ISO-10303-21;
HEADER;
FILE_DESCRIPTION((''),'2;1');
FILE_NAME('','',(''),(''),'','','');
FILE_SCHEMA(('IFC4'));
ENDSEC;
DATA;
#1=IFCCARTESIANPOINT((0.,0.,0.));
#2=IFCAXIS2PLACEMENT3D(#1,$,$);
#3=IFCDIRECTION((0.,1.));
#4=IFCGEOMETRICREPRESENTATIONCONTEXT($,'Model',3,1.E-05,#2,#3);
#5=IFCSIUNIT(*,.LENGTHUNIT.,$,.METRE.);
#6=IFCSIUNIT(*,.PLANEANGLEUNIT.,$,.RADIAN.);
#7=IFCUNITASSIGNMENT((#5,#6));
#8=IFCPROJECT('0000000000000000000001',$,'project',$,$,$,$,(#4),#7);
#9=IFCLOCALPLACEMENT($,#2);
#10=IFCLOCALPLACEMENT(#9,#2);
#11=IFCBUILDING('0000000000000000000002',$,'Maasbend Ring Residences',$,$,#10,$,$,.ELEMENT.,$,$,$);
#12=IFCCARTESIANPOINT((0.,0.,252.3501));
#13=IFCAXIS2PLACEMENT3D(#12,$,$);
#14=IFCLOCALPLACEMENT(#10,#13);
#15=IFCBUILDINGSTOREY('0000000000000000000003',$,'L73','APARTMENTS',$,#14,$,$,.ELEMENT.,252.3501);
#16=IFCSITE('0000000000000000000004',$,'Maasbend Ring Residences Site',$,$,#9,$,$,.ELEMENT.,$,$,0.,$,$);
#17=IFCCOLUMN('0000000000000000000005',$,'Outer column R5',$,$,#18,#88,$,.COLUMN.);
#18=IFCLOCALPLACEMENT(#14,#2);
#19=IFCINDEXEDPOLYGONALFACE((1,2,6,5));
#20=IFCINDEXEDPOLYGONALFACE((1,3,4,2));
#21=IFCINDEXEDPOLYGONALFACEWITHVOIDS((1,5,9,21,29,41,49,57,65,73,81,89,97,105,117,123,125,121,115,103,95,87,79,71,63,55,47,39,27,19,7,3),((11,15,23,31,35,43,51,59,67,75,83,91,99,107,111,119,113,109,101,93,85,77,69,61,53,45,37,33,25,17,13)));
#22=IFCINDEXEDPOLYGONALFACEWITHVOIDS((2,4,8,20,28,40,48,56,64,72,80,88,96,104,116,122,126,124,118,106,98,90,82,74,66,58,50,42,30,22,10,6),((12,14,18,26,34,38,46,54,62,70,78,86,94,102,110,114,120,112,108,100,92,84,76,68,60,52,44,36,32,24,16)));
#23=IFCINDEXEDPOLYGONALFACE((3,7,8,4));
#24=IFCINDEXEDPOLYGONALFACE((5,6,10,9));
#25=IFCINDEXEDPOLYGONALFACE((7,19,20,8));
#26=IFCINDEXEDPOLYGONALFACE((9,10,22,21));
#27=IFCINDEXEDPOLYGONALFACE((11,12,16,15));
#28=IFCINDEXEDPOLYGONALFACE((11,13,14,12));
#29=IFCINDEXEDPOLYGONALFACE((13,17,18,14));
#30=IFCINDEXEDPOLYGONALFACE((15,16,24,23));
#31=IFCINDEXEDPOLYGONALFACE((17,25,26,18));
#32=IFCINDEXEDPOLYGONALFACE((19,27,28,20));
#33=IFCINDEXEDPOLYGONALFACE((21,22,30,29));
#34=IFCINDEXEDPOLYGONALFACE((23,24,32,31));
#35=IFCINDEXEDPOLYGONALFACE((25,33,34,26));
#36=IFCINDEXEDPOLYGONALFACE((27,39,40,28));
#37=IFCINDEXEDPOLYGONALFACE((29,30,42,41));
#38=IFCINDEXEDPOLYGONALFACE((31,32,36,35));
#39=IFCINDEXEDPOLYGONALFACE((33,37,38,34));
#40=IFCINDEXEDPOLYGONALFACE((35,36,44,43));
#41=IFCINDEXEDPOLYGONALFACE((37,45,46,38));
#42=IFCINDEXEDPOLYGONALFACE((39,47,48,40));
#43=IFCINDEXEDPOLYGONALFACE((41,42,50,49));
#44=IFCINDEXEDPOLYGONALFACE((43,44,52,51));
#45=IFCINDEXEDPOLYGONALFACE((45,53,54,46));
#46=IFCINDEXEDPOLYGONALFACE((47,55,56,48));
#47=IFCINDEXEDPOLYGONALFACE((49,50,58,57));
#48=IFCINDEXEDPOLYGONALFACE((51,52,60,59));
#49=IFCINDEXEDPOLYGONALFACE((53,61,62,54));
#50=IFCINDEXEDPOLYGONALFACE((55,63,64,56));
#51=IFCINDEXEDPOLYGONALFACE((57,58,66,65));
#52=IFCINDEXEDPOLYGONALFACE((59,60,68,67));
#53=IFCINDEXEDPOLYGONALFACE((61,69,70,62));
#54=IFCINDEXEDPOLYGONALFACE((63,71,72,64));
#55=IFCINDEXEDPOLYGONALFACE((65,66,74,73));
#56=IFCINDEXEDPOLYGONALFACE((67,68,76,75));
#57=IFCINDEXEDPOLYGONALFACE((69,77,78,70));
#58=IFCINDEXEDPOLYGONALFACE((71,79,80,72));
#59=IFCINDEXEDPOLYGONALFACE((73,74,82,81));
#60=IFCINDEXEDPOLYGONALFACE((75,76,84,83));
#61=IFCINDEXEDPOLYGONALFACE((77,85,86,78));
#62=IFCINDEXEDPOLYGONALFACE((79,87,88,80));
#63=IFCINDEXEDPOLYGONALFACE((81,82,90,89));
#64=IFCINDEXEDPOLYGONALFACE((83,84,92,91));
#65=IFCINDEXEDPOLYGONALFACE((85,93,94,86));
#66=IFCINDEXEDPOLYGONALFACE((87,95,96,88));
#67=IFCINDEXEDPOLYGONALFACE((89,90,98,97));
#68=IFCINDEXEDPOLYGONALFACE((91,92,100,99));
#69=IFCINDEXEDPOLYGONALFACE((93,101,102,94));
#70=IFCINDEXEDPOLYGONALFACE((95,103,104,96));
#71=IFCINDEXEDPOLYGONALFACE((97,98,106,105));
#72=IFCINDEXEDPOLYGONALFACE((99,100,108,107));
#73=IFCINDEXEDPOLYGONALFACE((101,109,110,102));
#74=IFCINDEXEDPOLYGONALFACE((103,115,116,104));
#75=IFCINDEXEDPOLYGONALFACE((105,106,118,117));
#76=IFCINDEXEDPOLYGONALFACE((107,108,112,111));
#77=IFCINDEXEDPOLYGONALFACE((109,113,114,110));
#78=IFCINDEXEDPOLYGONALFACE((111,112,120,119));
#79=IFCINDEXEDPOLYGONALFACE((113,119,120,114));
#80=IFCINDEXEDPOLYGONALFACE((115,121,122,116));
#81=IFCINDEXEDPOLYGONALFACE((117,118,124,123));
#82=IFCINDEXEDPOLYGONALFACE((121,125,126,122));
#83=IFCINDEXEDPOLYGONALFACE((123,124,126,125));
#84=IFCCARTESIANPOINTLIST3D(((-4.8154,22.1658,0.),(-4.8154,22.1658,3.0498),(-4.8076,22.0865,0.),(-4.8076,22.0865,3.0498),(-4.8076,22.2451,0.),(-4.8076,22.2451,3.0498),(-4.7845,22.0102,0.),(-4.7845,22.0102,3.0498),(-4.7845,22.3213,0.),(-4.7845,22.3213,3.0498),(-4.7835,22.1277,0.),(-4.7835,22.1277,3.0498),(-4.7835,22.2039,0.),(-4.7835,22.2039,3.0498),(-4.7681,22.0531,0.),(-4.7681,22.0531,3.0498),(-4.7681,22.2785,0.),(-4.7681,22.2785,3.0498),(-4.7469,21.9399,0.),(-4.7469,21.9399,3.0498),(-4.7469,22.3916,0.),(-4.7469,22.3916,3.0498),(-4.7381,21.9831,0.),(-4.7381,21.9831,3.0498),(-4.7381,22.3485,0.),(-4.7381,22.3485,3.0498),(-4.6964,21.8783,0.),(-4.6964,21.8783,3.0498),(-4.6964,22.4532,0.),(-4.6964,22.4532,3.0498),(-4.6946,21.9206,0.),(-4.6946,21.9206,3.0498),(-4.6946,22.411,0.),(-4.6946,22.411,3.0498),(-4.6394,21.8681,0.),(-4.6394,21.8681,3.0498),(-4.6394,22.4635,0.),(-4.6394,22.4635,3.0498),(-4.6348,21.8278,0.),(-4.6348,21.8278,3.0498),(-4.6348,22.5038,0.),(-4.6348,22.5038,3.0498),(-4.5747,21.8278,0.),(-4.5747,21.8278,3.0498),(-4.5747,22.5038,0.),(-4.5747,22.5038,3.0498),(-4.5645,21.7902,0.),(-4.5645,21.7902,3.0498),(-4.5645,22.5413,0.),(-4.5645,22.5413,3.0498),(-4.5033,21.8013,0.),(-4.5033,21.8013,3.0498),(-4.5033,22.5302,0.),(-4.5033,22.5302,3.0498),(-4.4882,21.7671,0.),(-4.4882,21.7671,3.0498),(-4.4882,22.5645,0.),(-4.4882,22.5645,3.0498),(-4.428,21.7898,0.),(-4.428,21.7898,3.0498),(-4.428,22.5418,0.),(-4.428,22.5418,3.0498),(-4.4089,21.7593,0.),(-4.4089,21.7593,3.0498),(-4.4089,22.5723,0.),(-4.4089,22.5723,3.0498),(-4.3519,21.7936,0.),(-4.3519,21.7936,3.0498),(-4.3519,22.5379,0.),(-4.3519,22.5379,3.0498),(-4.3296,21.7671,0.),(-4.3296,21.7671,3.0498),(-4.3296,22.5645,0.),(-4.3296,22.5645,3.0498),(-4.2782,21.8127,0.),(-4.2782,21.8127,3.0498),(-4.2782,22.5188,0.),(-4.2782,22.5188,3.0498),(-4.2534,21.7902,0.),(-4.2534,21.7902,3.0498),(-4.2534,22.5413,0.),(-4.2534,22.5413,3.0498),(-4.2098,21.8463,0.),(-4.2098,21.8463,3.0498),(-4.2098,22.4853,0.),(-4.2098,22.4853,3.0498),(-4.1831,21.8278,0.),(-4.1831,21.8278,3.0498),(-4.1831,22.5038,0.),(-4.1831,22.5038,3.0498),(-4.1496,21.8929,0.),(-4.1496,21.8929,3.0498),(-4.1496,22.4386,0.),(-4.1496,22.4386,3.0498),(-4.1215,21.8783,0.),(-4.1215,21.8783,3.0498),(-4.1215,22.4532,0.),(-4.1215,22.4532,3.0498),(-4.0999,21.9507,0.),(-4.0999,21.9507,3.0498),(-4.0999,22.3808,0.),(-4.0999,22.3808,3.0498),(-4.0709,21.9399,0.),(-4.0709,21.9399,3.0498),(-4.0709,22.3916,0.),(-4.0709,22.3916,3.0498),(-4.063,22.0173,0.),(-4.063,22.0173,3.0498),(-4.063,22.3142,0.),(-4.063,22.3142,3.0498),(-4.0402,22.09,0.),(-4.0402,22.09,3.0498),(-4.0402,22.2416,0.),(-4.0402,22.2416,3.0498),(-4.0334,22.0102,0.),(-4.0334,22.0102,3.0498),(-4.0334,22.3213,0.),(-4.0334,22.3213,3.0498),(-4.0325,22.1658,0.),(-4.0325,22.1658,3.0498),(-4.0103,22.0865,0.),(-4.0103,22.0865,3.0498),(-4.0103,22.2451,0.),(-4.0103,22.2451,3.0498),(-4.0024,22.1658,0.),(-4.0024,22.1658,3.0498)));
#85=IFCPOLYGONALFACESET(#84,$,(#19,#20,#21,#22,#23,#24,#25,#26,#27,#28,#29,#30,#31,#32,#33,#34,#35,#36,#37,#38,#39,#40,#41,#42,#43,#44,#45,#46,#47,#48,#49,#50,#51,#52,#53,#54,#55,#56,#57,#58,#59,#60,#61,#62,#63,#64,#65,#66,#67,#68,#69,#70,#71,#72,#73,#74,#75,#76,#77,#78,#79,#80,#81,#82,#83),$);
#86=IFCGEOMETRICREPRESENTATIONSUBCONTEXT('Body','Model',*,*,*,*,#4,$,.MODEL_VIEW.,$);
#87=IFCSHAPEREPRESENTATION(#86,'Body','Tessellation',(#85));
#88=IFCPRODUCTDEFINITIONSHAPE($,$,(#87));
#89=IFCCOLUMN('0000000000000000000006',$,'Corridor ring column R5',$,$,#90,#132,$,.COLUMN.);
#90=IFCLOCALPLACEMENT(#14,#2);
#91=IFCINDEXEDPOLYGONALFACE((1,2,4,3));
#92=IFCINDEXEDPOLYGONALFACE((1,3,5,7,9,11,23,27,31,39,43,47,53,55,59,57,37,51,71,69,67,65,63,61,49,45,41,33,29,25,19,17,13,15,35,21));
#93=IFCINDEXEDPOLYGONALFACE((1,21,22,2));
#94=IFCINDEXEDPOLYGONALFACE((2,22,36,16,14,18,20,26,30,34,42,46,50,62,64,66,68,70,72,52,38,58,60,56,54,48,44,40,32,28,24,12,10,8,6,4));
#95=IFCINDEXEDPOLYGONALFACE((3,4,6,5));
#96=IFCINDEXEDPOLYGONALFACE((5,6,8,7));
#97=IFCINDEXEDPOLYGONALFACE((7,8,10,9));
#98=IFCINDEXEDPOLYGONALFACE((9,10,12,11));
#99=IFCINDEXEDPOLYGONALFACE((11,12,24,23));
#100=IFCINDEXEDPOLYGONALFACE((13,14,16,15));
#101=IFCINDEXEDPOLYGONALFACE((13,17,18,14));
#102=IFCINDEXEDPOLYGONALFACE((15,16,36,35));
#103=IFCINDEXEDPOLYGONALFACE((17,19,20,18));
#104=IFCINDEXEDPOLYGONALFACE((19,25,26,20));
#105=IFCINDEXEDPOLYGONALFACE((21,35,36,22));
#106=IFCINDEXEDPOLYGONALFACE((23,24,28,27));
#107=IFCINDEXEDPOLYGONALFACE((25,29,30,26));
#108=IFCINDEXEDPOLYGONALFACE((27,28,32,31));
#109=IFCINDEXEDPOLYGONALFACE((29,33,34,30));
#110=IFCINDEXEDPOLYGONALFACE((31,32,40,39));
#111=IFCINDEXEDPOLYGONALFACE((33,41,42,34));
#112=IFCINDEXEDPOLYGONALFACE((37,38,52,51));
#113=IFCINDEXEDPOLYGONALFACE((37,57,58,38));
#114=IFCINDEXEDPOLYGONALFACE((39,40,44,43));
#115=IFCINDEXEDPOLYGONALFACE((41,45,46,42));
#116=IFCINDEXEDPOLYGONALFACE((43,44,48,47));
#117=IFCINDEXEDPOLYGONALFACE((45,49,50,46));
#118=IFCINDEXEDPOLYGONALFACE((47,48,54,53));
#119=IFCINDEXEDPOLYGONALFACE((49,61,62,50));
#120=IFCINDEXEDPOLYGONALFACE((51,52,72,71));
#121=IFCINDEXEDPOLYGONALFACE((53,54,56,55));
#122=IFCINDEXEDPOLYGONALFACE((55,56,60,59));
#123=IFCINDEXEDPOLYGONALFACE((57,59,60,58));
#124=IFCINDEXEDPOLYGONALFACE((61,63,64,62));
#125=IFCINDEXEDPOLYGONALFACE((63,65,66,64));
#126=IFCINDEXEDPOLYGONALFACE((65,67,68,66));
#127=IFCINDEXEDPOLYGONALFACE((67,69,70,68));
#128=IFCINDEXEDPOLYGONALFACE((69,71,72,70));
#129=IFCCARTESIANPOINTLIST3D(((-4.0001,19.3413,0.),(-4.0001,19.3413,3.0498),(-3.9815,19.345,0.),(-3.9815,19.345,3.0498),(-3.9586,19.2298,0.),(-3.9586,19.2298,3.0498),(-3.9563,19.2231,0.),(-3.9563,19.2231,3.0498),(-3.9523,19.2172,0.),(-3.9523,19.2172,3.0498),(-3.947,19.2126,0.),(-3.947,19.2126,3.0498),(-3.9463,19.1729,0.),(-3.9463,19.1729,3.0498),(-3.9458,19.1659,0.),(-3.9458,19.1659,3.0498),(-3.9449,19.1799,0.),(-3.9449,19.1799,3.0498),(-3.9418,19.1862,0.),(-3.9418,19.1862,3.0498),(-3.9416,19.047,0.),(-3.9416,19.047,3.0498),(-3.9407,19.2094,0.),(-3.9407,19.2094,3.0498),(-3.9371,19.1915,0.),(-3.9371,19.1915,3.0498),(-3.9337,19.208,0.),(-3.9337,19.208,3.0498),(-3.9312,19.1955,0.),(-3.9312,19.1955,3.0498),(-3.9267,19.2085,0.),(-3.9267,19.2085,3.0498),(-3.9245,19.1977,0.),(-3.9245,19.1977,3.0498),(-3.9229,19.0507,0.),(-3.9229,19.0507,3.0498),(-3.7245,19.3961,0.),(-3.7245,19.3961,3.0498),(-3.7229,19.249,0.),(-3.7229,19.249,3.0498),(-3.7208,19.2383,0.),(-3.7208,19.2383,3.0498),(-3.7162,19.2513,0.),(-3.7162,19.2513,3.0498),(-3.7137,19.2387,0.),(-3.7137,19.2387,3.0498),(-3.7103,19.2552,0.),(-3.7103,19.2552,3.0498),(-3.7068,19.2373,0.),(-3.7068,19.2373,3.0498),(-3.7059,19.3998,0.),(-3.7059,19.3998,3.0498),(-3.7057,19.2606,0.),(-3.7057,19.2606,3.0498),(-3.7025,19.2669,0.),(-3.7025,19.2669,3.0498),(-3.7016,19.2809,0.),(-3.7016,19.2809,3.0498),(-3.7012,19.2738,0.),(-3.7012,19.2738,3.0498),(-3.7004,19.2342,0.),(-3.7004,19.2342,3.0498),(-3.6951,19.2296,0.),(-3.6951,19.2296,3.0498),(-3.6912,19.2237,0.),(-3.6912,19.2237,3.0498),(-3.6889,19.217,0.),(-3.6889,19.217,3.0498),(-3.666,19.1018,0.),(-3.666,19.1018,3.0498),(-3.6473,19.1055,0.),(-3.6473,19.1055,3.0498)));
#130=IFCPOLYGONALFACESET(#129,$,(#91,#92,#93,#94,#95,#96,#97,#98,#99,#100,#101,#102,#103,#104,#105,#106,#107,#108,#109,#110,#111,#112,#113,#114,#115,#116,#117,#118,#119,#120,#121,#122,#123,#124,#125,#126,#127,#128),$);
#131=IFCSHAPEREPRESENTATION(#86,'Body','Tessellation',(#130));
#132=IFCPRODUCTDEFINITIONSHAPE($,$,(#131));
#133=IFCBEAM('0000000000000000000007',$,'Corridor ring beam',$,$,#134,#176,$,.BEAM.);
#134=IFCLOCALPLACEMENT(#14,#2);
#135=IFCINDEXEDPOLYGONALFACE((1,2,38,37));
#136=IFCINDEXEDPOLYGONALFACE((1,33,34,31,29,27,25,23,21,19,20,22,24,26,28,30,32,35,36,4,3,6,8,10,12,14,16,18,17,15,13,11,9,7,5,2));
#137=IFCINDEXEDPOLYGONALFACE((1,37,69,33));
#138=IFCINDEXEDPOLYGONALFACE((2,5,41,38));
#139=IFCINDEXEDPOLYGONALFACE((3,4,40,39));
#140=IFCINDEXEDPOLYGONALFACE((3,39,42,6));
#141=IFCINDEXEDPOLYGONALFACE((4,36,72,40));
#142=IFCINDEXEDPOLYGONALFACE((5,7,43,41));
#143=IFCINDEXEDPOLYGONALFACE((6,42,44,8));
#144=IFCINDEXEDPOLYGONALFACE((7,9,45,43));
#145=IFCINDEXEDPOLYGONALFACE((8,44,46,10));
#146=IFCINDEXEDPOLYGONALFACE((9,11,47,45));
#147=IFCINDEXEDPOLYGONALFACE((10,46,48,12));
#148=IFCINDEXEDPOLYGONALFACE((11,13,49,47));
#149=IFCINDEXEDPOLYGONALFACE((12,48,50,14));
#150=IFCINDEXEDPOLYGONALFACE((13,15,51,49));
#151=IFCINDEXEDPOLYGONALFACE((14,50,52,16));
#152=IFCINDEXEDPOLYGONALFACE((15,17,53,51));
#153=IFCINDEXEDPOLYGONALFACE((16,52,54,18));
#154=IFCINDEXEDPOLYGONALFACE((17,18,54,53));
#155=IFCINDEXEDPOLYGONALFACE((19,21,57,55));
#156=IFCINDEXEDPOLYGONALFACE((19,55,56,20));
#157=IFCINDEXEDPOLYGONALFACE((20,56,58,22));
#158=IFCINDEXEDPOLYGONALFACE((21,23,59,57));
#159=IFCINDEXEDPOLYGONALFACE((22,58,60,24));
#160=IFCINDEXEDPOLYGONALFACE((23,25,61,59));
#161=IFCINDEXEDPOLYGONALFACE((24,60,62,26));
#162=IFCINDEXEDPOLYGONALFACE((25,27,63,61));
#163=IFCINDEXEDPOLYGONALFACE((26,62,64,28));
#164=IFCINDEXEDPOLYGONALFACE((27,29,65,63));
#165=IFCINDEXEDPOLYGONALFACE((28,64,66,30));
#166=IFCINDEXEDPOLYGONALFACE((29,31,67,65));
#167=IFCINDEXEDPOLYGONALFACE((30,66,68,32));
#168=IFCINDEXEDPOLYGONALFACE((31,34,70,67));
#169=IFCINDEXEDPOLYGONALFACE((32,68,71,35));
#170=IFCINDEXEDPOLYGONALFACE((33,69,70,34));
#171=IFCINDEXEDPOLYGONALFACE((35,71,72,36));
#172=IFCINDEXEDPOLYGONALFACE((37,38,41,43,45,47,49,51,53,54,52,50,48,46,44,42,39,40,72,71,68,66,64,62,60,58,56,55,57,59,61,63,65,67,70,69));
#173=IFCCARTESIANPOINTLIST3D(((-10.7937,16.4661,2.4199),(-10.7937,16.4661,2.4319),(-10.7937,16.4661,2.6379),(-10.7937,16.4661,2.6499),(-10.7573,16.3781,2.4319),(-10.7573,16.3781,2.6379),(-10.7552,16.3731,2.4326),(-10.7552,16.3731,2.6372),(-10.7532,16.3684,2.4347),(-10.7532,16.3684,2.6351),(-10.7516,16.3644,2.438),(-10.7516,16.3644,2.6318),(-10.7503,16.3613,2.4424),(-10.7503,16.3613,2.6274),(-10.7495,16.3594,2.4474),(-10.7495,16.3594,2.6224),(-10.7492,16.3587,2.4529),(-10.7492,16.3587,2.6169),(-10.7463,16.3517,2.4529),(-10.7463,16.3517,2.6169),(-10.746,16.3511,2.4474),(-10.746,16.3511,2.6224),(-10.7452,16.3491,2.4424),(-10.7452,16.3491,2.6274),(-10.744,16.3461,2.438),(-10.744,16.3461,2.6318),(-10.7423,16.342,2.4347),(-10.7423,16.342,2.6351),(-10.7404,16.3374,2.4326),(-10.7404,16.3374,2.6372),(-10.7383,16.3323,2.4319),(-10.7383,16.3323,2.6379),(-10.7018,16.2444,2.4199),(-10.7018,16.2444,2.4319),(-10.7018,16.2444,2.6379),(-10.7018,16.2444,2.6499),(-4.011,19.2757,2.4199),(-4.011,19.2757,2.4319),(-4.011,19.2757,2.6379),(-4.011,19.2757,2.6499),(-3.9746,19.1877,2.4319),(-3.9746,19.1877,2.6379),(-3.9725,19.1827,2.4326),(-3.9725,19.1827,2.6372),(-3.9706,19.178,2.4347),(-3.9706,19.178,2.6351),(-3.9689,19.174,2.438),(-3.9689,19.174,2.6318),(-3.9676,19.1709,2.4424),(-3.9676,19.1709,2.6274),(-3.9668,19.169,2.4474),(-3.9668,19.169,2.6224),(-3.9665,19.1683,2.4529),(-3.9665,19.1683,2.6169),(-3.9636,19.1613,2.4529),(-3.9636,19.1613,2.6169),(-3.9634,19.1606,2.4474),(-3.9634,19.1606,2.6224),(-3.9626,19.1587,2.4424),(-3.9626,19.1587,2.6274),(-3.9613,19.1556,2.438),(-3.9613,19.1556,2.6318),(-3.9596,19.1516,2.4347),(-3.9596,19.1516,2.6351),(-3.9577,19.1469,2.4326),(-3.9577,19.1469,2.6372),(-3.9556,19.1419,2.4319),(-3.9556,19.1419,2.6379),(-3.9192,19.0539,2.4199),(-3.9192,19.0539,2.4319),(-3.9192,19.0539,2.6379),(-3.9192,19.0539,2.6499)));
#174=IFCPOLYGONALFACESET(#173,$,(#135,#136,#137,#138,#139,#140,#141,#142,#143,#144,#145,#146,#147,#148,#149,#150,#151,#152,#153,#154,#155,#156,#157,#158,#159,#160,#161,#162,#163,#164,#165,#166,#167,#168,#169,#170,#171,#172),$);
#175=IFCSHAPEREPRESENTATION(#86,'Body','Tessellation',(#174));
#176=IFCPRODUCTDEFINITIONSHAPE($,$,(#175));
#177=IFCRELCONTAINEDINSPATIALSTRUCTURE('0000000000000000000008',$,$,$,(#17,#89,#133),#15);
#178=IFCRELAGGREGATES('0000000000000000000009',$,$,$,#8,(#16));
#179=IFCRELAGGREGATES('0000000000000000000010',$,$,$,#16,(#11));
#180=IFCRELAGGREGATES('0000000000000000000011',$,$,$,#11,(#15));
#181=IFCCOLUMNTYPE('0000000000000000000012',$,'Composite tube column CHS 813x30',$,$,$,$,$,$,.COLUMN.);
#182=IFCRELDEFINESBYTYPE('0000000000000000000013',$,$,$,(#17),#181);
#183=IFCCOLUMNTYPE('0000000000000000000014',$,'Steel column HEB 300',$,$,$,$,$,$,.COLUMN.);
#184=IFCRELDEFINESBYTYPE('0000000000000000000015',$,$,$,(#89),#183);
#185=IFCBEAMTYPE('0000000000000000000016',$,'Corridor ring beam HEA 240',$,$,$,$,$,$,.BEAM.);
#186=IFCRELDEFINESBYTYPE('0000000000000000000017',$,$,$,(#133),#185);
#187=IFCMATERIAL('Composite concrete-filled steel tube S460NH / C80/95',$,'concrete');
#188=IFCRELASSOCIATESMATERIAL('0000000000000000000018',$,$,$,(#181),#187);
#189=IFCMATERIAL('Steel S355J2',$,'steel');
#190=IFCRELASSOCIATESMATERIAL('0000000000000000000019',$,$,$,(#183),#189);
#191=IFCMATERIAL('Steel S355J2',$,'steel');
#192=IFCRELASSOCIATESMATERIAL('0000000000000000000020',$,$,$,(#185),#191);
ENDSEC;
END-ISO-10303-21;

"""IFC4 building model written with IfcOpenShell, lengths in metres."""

from ifc_helpers import new_model, si_unit, direction, frame, origin, origin_2d, place, context, subcontext, project, spatial, hollow_circle, i_section, extrude, material, material_profile, profile_set, type_object, element, save


model = new_model("IFC4")

# Units and contexts
model_context = context("Model", 3, precision=1e-05, world=origin(), true_north=direction((0.0, 1.0)))
body_context = subcontext(model_context, "Body", "Model", "MODEL_VIEW")
ifc_project = project(units=[si_unit("LENGTHUNIT", "METRE"), si_unit("PLANEANGLEUNIT", "RADIAN")], contexts=[model_context])

# Site, building, storey
site_placement = place(None, origin())
site = spatial("IfcSite", under=ifc_project, at=site_placement, Name="Maasbend Ring Residences Site", CompositionType="ELEMENT", RefElevation=0.0)
building_placement = place(site_placement, origin())
building = spatial("IfcBuilding", under=site, at=building_placement, Name="Maasbend Ring Residences", CompositionType="ELEMENT")
storey_placement = place(building_placement, frame((0.0, 0.0, 252.3501)))
storey = spatial("IfcBuildingStorey", under=building, at=storey_placement, Name="L73", Description="APARTMENTS", CompositionType="ELEMENT", Elevation=252.3501)

# Columns
ifc_material_1 = material(Name="Composite concrete-filled steel tube S460NH / C80/95", Category="concrete")
ifc_material_profile_1 = material_profile(ifc_material_1, hollow_circle(Radius=0.4065, WallThickness=0.03, at=origin_2d()), Name="Composite tube column CHS 813x30")
ifc_profile_set_1 = profile_set([ifc_material_profile_1], Name="Composite concrete-filled steel tube S460NH / C80/95")
column_type_1 = type_object("IfcColumnType", Name="Composite tube column CHS 813x30", PredefinedType="COLUMN", material=ifc_profile_set_1)
column_1_placement = place(storey_placement, frame((-4.4089, 22.1658, 0.0), z_axis=(0.0, 0.0, 1.0), x_axis=(1.0, 0.0, 0.0)))
element("IfcColumn", 1, at=column_1_placement, inside=storey, type_object=column_type_1, Name="Outer column R5", PredefinedType="COLUMN", context=body_context, shape_type="SweptSolid", body=[
    extrude(hollow_circle(Radius=0.4065, WallThickness=0.03, at=origin_2d()), origin(), (0.0, 0.0, 1.0), 3.0498),
])
ifc_material_2 = material(Name="Steel S355J2", Category="steel")
ifc_material_profile_2 = material_profile(ifc_material_2, i_section(OverallWidth=0.3, OverallDepth=0.3, WebThickness=0.011, FlangeThickness=0.019, FilletRadius=0.0271, at=origin_2d()), Name="HEB 300")
ifc_profile_set_2 = profile_set([ifc_material_profile_2], Name="Steel S355J2")
column_type_2 = type_object("IfcColumnType", Name="Steel column HEB 300", PredefinedType="COLUMN", material=ifc_profile_set_2)
column_2_placement = place(storey_placement, frame((-3.8237, 19.2234, 0.0), z_axis=(0.0, 0.0, 1.0), x_axis=(-0.19509, 0.980785, 0.0)))
element("IfcColumn", 2, at=column_2_placement, inside=storey, type_object=column_type_2, Name="Corridor ring column R5", PredefinedType="COLUMN", context=body_context, shape_type="SweptSolid", body=[
    extrude(i_section(OverallWidth=0.3, OverallDepth=0.3, WebThickness=0.011, FlangeThickness=0.019, FilletRadius=0.0271, at=origin_2d()), origin(), (0.0, 0.0, 1.0), 3.0498),
])

# Beam
ifc_material_3 = material(Name="Steel S355J2", Category="steel")
ifc_material_profile_3 = material_profile(ifc_material_3, i_section(OverallWidth=0.24, OverallDepth=0.23, WebThickness=0.0076, FlangeThickness=0.012, FilletRadius=0.021, at=origin_2d()), Name="HEA 240")
ifc_profile_set_3 = profile_set([ifc_material_profile_3], Name="Steel S355J2")
beam_type_1 = type_object("IfcBeamType", Name="Corridor ring beam HEA 240", PredefinedType="BEAM", material=ifc_profile_set_3)
beam_1_placement = place(storey_placement, frame((-3.9651, 19.1648, 2.5349), z_axis=(-0.923876, -0.382692, 0.0), x_axis=(0.382692, -0.923876, 0.0)))
element("IfcBeam", 3, at=beam_1_placement, inside=storey, type_object=beam_type_1, Name="Corridor ring beam", PredefinedType="BEAM", context=body_context, shape_type="SweptSolid", body=[
    extrude(i_section(OverallWidth=0.24, OverallDepth=0.23, WebThickness=0.0076, FlangeThickness=0.012, FilletRadius=0.021, at=origin_2d()), origin(), (0.0, 0.0, 1.0), 7.3416),
])

save(model, "model.ifc")
